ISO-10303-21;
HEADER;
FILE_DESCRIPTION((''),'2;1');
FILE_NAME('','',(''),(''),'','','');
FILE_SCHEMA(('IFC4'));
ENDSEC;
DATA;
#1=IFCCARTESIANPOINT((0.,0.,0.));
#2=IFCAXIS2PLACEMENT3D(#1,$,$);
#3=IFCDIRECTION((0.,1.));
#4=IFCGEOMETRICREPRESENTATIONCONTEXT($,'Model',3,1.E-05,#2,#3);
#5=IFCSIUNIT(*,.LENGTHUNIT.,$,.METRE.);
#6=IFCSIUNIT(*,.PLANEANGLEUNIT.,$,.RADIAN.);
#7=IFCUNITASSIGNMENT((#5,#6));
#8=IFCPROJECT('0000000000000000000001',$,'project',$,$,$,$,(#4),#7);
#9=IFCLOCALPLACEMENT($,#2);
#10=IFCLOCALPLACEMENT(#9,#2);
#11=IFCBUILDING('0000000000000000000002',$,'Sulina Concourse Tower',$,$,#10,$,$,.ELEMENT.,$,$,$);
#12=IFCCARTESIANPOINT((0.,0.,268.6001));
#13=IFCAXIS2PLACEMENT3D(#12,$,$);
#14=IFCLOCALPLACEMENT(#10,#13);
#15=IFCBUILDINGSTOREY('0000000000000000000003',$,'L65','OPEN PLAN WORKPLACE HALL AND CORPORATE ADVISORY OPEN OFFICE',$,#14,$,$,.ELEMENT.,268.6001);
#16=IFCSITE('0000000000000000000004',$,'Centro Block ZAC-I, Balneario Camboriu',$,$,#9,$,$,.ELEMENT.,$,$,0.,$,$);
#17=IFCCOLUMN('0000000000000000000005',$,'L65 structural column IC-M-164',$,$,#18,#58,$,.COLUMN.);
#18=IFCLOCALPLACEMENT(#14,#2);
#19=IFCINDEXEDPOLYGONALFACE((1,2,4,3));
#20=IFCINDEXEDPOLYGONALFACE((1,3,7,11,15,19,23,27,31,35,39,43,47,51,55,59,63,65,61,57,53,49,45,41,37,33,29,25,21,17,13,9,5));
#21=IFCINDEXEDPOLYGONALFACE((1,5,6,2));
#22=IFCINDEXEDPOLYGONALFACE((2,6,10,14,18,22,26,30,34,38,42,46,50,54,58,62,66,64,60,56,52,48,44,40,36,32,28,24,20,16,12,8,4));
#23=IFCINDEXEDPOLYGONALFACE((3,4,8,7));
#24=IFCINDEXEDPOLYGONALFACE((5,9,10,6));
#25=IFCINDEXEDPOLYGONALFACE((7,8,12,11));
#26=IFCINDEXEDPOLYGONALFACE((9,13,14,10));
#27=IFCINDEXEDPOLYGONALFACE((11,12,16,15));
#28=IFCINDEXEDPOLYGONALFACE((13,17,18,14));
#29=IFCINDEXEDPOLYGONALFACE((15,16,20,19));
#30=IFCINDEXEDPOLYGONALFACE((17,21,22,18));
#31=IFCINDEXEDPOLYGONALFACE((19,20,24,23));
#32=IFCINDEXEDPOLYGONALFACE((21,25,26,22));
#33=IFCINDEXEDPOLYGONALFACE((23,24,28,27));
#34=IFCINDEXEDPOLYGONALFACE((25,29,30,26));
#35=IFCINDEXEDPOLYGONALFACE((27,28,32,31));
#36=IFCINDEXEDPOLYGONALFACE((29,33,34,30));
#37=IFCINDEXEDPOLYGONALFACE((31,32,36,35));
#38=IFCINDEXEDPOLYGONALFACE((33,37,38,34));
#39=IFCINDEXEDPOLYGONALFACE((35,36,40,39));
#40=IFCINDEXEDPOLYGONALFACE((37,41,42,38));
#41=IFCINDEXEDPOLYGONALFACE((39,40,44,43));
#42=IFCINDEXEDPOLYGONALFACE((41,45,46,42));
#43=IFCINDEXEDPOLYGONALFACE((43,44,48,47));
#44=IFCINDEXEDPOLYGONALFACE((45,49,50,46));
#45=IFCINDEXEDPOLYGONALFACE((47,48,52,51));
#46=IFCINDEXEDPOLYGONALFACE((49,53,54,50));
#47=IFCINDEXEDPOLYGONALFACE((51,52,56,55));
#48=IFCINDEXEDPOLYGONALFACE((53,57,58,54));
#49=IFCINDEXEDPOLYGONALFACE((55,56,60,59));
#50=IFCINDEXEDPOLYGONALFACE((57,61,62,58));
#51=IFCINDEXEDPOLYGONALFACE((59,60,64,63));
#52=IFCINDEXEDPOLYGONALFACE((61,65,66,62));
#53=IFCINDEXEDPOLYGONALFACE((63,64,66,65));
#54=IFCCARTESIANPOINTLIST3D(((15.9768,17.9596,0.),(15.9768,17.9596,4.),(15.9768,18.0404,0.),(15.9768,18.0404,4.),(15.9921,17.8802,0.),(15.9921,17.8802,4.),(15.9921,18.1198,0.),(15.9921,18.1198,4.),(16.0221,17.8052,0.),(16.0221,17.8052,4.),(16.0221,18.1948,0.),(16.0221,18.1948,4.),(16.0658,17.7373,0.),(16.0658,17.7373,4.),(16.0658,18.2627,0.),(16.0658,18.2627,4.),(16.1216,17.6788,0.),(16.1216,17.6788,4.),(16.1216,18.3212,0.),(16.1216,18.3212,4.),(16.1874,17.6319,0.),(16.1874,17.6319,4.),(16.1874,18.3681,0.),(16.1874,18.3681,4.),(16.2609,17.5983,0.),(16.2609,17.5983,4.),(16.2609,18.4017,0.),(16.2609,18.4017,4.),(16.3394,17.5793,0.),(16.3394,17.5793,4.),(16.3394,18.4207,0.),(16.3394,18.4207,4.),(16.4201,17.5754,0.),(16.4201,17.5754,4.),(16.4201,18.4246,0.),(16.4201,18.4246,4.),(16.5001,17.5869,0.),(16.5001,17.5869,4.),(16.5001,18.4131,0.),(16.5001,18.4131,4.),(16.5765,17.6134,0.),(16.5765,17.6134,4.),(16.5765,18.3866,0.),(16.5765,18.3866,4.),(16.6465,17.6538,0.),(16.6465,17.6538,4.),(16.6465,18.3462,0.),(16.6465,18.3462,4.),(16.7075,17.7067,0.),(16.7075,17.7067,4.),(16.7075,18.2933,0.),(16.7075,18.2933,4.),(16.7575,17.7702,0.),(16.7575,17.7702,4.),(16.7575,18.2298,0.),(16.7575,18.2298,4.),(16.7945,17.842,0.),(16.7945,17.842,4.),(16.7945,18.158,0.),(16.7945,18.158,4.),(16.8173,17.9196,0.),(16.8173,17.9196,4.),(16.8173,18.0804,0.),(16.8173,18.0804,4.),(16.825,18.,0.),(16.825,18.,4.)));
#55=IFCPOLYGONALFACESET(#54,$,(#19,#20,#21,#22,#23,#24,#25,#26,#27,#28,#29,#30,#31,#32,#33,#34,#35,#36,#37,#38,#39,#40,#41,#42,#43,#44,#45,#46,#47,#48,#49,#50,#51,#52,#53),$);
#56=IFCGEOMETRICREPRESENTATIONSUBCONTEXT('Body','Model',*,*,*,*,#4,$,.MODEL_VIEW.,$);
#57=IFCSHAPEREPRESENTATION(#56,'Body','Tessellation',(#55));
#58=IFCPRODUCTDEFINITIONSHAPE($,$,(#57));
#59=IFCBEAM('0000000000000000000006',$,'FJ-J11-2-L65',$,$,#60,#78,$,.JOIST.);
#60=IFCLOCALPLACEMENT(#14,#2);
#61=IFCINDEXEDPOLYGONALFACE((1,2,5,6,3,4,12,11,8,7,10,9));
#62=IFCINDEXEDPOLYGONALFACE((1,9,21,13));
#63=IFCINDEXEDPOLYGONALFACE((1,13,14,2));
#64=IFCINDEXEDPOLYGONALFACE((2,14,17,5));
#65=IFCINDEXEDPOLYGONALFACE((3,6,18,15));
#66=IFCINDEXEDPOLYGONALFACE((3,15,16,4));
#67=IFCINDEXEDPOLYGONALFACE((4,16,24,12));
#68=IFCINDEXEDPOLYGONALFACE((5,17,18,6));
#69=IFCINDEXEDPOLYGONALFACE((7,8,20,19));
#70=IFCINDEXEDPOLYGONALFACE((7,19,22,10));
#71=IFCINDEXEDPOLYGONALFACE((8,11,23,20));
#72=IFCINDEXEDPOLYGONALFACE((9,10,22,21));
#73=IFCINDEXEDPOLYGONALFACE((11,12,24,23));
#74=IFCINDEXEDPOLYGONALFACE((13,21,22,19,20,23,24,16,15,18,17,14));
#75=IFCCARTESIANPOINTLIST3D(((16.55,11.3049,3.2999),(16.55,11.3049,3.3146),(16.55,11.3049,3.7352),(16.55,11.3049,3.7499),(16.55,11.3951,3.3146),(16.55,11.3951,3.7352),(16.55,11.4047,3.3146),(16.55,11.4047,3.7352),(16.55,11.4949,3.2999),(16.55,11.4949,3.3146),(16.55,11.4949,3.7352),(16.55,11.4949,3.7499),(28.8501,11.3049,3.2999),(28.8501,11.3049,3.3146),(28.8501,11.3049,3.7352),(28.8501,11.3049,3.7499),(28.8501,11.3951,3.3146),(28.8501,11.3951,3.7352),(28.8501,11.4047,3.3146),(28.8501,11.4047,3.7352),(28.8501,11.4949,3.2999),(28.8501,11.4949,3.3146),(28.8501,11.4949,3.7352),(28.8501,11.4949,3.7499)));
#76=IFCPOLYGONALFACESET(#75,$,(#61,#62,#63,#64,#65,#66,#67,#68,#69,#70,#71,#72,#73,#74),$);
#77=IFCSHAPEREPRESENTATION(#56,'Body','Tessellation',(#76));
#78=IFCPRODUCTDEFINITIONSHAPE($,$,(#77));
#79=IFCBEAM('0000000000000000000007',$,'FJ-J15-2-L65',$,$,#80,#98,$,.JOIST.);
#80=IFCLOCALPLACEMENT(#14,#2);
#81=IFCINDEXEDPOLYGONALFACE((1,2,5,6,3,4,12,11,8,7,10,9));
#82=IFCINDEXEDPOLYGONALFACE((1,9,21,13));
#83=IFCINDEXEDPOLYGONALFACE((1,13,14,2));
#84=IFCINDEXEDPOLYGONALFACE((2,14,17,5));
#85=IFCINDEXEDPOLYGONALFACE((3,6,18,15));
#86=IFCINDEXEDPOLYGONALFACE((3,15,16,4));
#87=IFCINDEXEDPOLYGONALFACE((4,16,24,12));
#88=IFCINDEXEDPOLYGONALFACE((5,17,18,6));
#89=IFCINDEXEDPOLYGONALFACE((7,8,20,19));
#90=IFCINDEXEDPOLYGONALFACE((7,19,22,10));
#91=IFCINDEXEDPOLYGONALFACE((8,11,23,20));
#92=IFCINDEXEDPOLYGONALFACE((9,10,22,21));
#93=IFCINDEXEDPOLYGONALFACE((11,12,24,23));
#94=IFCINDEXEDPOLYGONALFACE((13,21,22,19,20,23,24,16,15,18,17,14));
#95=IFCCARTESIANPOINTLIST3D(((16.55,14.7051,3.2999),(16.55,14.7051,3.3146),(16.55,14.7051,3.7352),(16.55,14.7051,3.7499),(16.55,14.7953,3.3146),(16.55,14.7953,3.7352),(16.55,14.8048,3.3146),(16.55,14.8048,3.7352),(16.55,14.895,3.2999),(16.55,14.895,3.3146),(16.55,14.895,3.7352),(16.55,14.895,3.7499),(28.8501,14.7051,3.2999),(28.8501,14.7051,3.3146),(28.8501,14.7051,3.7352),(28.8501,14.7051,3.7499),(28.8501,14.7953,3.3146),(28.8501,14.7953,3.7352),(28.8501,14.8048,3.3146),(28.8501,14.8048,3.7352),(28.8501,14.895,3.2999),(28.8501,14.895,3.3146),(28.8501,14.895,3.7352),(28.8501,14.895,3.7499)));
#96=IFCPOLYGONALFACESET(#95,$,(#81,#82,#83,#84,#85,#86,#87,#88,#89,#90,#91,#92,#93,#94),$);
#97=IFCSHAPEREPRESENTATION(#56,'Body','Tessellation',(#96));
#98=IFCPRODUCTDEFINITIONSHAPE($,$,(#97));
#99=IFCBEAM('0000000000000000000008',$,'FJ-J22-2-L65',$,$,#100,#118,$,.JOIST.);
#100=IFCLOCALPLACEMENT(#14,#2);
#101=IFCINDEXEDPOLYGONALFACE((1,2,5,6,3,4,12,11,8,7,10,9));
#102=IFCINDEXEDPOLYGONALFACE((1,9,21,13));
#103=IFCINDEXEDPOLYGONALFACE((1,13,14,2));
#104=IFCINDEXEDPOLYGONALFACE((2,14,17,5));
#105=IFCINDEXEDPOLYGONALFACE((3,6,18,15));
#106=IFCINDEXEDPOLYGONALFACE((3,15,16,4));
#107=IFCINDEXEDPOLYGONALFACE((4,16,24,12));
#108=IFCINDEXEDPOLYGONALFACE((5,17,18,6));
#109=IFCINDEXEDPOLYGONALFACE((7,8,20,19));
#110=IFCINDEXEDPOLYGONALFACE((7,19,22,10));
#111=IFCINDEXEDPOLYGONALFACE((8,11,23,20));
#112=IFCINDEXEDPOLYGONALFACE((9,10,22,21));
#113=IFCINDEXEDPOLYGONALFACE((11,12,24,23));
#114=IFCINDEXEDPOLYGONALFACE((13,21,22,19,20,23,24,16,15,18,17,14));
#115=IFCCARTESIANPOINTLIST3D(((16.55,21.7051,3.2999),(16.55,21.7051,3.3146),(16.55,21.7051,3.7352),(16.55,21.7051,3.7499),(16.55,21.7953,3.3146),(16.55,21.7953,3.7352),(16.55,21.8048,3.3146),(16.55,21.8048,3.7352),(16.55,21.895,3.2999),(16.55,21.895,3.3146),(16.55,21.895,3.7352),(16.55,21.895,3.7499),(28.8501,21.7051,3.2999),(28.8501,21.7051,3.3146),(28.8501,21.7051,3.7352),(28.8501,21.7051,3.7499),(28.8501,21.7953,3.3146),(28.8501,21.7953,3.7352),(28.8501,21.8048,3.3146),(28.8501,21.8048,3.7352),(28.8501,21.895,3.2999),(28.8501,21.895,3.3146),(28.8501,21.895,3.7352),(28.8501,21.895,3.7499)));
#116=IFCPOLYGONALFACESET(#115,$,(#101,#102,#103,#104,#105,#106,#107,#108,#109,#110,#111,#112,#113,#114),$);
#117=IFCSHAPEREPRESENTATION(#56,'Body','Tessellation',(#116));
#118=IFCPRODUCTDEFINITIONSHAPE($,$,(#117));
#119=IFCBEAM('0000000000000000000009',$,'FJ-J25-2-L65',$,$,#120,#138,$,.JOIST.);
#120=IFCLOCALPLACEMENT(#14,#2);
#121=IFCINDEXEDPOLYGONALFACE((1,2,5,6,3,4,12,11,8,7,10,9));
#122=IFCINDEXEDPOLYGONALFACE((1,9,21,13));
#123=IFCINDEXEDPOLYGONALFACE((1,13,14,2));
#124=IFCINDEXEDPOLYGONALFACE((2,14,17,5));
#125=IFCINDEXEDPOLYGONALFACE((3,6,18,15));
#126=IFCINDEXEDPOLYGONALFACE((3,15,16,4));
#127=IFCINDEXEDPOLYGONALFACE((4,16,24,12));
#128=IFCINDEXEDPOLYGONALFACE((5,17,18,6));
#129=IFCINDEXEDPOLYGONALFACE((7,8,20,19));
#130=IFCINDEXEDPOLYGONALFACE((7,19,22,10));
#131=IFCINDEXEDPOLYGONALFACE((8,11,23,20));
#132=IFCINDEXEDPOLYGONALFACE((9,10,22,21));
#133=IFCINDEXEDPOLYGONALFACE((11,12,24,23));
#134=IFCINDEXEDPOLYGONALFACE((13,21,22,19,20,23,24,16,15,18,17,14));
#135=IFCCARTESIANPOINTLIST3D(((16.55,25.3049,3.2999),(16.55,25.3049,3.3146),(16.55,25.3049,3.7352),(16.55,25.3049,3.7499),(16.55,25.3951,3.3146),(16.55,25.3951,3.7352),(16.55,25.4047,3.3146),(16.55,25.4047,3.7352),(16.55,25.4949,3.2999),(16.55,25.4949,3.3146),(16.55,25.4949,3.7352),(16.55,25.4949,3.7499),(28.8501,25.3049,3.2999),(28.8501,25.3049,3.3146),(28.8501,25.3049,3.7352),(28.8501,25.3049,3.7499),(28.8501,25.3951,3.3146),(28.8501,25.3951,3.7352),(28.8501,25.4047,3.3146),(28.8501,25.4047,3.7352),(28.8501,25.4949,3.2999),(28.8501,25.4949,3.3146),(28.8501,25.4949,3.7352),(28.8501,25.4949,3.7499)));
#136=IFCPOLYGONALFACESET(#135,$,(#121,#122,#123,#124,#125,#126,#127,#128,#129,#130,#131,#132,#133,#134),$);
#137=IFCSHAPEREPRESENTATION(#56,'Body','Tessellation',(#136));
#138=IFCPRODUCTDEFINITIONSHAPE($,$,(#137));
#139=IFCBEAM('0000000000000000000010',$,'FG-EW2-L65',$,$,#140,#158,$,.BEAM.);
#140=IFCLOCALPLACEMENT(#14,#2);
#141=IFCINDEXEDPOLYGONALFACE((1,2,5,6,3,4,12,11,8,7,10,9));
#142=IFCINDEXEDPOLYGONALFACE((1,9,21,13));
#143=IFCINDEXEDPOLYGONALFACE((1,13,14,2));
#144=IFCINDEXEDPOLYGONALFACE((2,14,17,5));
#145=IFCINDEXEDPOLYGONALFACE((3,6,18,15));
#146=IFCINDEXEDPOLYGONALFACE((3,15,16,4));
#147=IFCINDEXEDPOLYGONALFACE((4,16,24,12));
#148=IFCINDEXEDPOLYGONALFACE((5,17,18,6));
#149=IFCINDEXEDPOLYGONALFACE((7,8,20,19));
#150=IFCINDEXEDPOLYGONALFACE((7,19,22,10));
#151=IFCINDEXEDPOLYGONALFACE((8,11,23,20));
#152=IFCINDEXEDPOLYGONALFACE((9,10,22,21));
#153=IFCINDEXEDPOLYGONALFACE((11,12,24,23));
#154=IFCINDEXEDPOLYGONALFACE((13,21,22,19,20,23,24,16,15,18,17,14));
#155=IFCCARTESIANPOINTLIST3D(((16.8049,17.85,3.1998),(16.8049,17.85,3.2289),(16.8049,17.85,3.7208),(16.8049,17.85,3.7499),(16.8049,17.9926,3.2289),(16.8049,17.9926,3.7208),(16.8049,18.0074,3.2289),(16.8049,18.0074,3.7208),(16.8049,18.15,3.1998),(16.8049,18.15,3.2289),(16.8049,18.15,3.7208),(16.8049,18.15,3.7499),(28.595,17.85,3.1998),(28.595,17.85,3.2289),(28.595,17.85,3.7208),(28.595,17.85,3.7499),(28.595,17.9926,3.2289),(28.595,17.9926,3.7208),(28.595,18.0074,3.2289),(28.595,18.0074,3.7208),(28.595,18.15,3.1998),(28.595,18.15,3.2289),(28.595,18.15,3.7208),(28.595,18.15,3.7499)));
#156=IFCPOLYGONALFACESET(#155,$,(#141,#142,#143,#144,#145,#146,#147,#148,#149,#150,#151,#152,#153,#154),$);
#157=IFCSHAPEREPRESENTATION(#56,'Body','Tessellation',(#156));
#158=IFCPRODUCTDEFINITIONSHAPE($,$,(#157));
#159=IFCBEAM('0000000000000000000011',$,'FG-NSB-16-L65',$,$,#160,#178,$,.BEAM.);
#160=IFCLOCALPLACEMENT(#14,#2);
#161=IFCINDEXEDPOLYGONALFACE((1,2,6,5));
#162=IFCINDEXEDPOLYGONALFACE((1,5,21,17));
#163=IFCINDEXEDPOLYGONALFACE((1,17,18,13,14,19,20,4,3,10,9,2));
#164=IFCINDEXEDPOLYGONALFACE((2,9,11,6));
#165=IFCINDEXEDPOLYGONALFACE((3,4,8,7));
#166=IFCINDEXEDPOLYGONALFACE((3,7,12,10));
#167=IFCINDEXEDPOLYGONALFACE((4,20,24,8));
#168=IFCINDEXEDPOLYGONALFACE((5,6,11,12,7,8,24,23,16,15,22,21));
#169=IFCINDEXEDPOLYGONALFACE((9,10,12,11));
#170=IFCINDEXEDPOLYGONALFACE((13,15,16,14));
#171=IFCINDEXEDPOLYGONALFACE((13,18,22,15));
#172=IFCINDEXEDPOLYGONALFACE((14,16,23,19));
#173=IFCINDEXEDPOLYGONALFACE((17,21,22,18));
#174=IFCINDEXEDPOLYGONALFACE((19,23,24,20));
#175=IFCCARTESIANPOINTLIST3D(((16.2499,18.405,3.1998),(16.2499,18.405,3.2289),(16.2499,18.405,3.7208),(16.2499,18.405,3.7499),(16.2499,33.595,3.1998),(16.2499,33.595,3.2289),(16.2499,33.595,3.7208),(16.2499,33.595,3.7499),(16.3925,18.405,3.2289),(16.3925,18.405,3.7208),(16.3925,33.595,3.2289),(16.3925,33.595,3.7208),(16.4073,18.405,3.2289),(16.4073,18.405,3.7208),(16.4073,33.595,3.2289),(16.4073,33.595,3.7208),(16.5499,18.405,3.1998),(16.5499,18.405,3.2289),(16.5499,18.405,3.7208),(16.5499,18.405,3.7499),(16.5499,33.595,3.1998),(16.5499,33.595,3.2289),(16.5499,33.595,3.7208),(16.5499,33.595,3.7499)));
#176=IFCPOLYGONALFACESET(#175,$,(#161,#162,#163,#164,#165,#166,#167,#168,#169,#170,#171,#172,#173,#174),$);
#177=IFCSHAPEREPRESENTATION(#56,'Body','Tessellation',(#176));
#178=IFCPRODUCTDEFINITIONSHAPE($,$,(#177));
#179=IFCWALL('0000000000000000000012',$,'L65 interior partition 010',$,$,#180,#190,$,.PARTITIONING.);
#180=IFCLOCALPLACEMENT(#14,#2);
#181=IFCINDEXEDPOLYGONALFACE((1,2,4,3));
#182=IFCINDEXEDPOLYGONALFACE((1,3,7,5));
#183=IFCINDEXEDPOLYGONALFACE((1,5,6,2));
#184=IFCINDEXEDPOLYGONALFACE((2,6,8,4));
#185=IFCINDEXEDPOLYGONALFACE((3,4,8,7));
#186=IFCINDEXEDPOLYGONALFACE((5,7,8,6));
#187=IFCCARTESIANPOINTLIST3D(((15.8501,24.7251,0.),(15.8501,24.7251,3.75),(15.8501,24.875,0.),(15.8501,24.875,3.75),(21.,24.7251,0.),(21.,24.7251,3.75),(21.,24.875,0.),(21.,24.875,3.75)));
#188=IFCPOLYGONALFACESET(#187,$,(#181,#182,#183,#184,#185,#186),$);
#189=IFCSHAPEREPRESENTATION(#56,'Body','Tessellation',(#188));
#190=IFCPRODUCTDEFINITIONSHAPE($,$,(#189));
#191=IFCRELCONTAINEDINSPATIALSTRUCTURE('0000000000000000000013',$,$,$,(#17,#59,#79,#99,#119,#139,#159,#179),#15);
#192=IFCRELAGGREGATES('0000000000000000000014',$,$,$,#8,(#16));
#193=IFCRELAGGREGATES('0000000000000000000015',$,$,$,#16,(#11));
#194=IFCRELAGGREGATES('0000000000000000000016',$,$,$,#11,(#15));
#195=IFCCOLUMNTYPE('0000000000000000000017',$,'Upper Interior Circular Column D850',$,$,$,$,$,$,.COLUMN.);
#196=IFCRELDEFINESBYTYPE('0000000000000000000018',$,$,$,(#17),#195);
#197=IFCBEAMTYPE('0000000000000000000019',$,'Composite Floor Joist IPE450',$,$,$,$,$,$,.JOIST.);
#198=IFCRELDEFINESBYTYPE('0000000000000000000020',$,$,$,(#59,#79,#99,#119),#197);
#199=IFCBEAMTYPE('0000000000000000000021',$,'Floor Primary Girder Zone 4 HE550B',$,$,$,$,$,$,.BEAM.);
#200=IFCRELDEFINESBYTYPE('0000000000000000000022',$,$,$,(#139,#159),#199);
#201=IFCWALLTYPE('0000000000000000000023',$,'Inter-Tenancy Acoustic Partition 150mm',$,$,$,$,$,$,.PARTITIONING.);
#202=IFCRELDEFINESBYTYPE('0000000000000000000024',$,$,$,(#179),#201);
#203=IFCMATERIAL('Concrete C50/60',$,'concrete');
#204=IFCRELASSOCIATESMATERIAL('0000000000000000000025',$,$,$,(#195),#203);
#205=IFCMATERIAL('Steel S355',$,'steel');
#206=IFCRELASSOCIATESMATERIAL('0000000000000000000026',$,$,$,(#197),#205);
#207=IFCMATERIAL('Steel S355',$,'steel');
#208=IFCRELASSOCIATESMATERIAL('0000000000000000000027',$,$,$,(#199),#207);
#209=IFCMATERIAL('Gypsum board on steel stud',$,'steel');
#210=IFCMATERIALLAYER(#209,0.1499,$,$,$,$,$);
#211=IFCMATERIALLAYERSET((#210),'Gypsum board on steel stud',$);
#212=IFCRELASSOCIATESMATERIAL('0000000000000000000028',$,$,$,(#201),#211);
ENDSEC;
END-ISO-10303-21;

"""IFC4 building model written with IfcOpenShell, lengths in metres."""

from ifc_helpers import new_model, si_unit, direction, frame, frame_2d, origin, origin_2d, place, context, subcontext, project, spatial, rectangle, circle, i_section, extrude, material, layer, layer_set, material_profile, profile_set, type_object, element, save


model = new_model("IFC4")

# Units and contexts
model_context = context("Model", 3, precision=1e-05, world=origin(), true_north=direction((0.0, 1.0)))
body_context = subcontext(model_context, "Body", "Model", "MODEL_VIEW")
ifc_project = project(units=[si_unit("LENGTHUNIT", "METRE"), si_unit("PLANEANGLEUNIT", "RADIAN")], contexts=[model_context])

# Site, building, storey
site_placement = place(None, origin())
site = spatial("IfcSite", under=ifc_project, at=site_placement, Name="Centro Block ZAC-I, Balneario Camboriu", CompositionType="ELEMENT", RefElevation=0.0)
building_placement = place(site_placement, origin())
building = spatial("IfcBuilding", under=site, at=building_placement, Name="Sulina Concourse Tower", CompositionType="ELEMENT")
storey_placement = place(building_placement, frame((0.0, 0.0, 268.6001)))
storey = spatial("IfcBuildingStorey", under=building, at=storey_placement, Name="L65", Description="OPEN PLAN WORKPLACE HALL AND CORPORATE ADVISORY OPEN OFFICE", CompositionType="ELEMENT", Elevation=268.6001)

# Column
ifc_material_1 = material(Name="Concrete C50/60", Category="concrete")
ifc_material_profile_1 = material_profile(ifc_material_1, circle(Radius=0.425, at=origin_2d()), Name="RC D850")
ifc_profile_set_1 = profile_set([ifc_material_profile_1], Name="Concrete C50/60")
column_type = type_object("IfcColumnType", Name="Upper Interior Circular Column D850", PredefinedType="COLUMN", material=ifc_profile_set_1)
column_placement = place(storey_placement, frame((16.3999, 18.0, 0.0), z_axis=(0.0, 0.0, 1.0), x_axis=(1.0, 0.0, 0.0)))
element("IfcColumn", 1, at=column_placement, inside=storey, type_object=column_type, Name="L65 structural column IC-M-164", PredefinedType="COLUMN", context=body_context, shape_type="SweptSolid", body=[
    extrude(circle(Radius=0.425, at=origin_2d()), origin(), (0.0, 0.0, 1.0), 4.0),
])

# Beams
ifc_material_2 = material(Name="Steel S355", Category="steel")
ifc_material_profile_2 = material_profile(ifc_material_2, i_section(OverallWidth=0.1899, OverallDepth=0.45, WebThickness=0.0095, FlangeThickness=0.0146, at=origin_2d()), Name="IPE 450")
ifc_profile_set_2 = profile_set([ifc_material_profile_2], Name="Steel S355")
beam_type_1 = type_object("IfcBeamType", Name="Composite Floor Joist IPE450", PredefinedType="JOIST", material=ifc_profile_set_2)
for number, where, z_axis, x_axis, name in (
    (2, (16.55, 11.3999, 3.5249), (1.0, 0.0, 0.0), (0.0, 1.0, 0.0), "FJ-J11-2-L65"),
    (3, (16.55, 14.8, 3.5249), (1.0, 0.0, 0.0), (0.0, 1.0, 0.0), "FJ-J15-2-L65"),
    (4, (16.55, 21.8, 3.5249), (1.0, 0.0, 0.0), (0.0, 1.0, 0.0), "FJ-J22-2-L65"),
    (5, (16.55, 25.3999, 3.5249), (1.0, 0.0, 0.0), (0.0, 1.0, 0.0), "FJ-J25-2-L65"),
):
    element("IfcBeam", number, at=place(storey_placement, frame(where, z_axis=z_axis, x_axis=x_axis)), inside=storey, type_object=beam_type_1, Name=name, PredefinedType="JOIST", context=body_context, shape_type="SweptSolid", body=[
        extrude(i_section(OverallWidth=0.1899, OverallDepth=0.45, WebThickness=0.0095, FlangeThickness=0.0146, at=origin_2d()), origin(), (0.0, 0.0, 1.0), 12.3),
    ])
ifc_material_3 = material(Name="Steel S355", Category="steel")
ifc_material_profile_3 = material_profile(ifc_material_3, i_section(OverallWidth=0.3, OverallDepth=0.55, WebThickness=0.0149, FlangeThickness=0.0291, at=origin_2d()), Name="HE 550 B")
ifc_profile_set_3 = profile_set([ifc_material_profile_3], Name="Steel S355")
beam_type_2 = type_object("IfcBeamType", Name="Floor Primary Girder Zone 4 HE550B", PredefinedType="BEAM", material=ifc_profile_set_3)
beam_1_placement = place(storey_placement, frame((16.8049, 18.0, 3.4749), z_axis=(1.0, 0.0, 0.0), x_axis=(0.0, 1.0, 0.0)))
element("IfcBeam", 6, at=beam_1_placement, inside=storey, type_object=beam_type_2, Name="FG-EW2-L65", PredefinedType="BEAM", context=body_context, shape_type="SweptSolid", body=[
    extrude(i_section(OverallWidth=0.3, OverallDepth=0.55, WebThickness=0.0149, FlangeThickness=0.0291, at=origin_2d()), origin(), (0.0, 0.0, 1.0), 11.79),
])
beam_2_placement = place(storey_placement, frame((16.3999, 18.405, 3.4749), z_axis=(0.0, 1.0, 0.0), x_axis=(-1.0, 0.0, 0.0)))
element("IfcBeam", 7, at=beam_2_placement, inside=storey, type_object=beam_type_2, Name="FG-NSB-16-L65", PredefinedType="BEAM", context=body_context, shape_type="SweptSolid", body=[
    extrude(i_section(OverallWidth=0.3, OverallDepth=0.55, WebThickness=0.0149, FlangeThickness=0.0291, at=origin_2d()), origin(), (0.0, 0.0, 1.0), 15.1899),
])

# Wall
ifc_material_4 = material(Name="Gypsum board on steel stud", Category="steel")
ifc_layer_1 = layer(ifc_material_4, 0.1499)
ifc_layer_set_1 = layer_set([ifc_layer_1], Name="Gypsum board on steel stud")
wall_type_1 = type_object("IfcWallType", Name="Inter-Tenancy Acoustic Partition 150mm", PredefinedType="PARTITIONING", material=ifc_layer_set_1)
wall_1_placement = place(storey_placement, frame((15.8501, 24.8, 0.0), z_axis=(0.0, 0.0, 1.0), x_axis=(1.0, 0.0, 0.0)))
element("IfcWall", 8, at=wall_1_placement, inside=storey, type_object=wall_type_1, Name="L65 interior partition 010", PredefinedType="PARTITIONING", context=body_context, shape_type="SweptSolid", body=[
    extrude(rectangle(XDim=5.1499, YDim=0.1499, at=frame_2d((2.575, 0.0))), origin(), (0.0, 0.0, 1.0), 3.75),
])

save(model, "model.ifc")
